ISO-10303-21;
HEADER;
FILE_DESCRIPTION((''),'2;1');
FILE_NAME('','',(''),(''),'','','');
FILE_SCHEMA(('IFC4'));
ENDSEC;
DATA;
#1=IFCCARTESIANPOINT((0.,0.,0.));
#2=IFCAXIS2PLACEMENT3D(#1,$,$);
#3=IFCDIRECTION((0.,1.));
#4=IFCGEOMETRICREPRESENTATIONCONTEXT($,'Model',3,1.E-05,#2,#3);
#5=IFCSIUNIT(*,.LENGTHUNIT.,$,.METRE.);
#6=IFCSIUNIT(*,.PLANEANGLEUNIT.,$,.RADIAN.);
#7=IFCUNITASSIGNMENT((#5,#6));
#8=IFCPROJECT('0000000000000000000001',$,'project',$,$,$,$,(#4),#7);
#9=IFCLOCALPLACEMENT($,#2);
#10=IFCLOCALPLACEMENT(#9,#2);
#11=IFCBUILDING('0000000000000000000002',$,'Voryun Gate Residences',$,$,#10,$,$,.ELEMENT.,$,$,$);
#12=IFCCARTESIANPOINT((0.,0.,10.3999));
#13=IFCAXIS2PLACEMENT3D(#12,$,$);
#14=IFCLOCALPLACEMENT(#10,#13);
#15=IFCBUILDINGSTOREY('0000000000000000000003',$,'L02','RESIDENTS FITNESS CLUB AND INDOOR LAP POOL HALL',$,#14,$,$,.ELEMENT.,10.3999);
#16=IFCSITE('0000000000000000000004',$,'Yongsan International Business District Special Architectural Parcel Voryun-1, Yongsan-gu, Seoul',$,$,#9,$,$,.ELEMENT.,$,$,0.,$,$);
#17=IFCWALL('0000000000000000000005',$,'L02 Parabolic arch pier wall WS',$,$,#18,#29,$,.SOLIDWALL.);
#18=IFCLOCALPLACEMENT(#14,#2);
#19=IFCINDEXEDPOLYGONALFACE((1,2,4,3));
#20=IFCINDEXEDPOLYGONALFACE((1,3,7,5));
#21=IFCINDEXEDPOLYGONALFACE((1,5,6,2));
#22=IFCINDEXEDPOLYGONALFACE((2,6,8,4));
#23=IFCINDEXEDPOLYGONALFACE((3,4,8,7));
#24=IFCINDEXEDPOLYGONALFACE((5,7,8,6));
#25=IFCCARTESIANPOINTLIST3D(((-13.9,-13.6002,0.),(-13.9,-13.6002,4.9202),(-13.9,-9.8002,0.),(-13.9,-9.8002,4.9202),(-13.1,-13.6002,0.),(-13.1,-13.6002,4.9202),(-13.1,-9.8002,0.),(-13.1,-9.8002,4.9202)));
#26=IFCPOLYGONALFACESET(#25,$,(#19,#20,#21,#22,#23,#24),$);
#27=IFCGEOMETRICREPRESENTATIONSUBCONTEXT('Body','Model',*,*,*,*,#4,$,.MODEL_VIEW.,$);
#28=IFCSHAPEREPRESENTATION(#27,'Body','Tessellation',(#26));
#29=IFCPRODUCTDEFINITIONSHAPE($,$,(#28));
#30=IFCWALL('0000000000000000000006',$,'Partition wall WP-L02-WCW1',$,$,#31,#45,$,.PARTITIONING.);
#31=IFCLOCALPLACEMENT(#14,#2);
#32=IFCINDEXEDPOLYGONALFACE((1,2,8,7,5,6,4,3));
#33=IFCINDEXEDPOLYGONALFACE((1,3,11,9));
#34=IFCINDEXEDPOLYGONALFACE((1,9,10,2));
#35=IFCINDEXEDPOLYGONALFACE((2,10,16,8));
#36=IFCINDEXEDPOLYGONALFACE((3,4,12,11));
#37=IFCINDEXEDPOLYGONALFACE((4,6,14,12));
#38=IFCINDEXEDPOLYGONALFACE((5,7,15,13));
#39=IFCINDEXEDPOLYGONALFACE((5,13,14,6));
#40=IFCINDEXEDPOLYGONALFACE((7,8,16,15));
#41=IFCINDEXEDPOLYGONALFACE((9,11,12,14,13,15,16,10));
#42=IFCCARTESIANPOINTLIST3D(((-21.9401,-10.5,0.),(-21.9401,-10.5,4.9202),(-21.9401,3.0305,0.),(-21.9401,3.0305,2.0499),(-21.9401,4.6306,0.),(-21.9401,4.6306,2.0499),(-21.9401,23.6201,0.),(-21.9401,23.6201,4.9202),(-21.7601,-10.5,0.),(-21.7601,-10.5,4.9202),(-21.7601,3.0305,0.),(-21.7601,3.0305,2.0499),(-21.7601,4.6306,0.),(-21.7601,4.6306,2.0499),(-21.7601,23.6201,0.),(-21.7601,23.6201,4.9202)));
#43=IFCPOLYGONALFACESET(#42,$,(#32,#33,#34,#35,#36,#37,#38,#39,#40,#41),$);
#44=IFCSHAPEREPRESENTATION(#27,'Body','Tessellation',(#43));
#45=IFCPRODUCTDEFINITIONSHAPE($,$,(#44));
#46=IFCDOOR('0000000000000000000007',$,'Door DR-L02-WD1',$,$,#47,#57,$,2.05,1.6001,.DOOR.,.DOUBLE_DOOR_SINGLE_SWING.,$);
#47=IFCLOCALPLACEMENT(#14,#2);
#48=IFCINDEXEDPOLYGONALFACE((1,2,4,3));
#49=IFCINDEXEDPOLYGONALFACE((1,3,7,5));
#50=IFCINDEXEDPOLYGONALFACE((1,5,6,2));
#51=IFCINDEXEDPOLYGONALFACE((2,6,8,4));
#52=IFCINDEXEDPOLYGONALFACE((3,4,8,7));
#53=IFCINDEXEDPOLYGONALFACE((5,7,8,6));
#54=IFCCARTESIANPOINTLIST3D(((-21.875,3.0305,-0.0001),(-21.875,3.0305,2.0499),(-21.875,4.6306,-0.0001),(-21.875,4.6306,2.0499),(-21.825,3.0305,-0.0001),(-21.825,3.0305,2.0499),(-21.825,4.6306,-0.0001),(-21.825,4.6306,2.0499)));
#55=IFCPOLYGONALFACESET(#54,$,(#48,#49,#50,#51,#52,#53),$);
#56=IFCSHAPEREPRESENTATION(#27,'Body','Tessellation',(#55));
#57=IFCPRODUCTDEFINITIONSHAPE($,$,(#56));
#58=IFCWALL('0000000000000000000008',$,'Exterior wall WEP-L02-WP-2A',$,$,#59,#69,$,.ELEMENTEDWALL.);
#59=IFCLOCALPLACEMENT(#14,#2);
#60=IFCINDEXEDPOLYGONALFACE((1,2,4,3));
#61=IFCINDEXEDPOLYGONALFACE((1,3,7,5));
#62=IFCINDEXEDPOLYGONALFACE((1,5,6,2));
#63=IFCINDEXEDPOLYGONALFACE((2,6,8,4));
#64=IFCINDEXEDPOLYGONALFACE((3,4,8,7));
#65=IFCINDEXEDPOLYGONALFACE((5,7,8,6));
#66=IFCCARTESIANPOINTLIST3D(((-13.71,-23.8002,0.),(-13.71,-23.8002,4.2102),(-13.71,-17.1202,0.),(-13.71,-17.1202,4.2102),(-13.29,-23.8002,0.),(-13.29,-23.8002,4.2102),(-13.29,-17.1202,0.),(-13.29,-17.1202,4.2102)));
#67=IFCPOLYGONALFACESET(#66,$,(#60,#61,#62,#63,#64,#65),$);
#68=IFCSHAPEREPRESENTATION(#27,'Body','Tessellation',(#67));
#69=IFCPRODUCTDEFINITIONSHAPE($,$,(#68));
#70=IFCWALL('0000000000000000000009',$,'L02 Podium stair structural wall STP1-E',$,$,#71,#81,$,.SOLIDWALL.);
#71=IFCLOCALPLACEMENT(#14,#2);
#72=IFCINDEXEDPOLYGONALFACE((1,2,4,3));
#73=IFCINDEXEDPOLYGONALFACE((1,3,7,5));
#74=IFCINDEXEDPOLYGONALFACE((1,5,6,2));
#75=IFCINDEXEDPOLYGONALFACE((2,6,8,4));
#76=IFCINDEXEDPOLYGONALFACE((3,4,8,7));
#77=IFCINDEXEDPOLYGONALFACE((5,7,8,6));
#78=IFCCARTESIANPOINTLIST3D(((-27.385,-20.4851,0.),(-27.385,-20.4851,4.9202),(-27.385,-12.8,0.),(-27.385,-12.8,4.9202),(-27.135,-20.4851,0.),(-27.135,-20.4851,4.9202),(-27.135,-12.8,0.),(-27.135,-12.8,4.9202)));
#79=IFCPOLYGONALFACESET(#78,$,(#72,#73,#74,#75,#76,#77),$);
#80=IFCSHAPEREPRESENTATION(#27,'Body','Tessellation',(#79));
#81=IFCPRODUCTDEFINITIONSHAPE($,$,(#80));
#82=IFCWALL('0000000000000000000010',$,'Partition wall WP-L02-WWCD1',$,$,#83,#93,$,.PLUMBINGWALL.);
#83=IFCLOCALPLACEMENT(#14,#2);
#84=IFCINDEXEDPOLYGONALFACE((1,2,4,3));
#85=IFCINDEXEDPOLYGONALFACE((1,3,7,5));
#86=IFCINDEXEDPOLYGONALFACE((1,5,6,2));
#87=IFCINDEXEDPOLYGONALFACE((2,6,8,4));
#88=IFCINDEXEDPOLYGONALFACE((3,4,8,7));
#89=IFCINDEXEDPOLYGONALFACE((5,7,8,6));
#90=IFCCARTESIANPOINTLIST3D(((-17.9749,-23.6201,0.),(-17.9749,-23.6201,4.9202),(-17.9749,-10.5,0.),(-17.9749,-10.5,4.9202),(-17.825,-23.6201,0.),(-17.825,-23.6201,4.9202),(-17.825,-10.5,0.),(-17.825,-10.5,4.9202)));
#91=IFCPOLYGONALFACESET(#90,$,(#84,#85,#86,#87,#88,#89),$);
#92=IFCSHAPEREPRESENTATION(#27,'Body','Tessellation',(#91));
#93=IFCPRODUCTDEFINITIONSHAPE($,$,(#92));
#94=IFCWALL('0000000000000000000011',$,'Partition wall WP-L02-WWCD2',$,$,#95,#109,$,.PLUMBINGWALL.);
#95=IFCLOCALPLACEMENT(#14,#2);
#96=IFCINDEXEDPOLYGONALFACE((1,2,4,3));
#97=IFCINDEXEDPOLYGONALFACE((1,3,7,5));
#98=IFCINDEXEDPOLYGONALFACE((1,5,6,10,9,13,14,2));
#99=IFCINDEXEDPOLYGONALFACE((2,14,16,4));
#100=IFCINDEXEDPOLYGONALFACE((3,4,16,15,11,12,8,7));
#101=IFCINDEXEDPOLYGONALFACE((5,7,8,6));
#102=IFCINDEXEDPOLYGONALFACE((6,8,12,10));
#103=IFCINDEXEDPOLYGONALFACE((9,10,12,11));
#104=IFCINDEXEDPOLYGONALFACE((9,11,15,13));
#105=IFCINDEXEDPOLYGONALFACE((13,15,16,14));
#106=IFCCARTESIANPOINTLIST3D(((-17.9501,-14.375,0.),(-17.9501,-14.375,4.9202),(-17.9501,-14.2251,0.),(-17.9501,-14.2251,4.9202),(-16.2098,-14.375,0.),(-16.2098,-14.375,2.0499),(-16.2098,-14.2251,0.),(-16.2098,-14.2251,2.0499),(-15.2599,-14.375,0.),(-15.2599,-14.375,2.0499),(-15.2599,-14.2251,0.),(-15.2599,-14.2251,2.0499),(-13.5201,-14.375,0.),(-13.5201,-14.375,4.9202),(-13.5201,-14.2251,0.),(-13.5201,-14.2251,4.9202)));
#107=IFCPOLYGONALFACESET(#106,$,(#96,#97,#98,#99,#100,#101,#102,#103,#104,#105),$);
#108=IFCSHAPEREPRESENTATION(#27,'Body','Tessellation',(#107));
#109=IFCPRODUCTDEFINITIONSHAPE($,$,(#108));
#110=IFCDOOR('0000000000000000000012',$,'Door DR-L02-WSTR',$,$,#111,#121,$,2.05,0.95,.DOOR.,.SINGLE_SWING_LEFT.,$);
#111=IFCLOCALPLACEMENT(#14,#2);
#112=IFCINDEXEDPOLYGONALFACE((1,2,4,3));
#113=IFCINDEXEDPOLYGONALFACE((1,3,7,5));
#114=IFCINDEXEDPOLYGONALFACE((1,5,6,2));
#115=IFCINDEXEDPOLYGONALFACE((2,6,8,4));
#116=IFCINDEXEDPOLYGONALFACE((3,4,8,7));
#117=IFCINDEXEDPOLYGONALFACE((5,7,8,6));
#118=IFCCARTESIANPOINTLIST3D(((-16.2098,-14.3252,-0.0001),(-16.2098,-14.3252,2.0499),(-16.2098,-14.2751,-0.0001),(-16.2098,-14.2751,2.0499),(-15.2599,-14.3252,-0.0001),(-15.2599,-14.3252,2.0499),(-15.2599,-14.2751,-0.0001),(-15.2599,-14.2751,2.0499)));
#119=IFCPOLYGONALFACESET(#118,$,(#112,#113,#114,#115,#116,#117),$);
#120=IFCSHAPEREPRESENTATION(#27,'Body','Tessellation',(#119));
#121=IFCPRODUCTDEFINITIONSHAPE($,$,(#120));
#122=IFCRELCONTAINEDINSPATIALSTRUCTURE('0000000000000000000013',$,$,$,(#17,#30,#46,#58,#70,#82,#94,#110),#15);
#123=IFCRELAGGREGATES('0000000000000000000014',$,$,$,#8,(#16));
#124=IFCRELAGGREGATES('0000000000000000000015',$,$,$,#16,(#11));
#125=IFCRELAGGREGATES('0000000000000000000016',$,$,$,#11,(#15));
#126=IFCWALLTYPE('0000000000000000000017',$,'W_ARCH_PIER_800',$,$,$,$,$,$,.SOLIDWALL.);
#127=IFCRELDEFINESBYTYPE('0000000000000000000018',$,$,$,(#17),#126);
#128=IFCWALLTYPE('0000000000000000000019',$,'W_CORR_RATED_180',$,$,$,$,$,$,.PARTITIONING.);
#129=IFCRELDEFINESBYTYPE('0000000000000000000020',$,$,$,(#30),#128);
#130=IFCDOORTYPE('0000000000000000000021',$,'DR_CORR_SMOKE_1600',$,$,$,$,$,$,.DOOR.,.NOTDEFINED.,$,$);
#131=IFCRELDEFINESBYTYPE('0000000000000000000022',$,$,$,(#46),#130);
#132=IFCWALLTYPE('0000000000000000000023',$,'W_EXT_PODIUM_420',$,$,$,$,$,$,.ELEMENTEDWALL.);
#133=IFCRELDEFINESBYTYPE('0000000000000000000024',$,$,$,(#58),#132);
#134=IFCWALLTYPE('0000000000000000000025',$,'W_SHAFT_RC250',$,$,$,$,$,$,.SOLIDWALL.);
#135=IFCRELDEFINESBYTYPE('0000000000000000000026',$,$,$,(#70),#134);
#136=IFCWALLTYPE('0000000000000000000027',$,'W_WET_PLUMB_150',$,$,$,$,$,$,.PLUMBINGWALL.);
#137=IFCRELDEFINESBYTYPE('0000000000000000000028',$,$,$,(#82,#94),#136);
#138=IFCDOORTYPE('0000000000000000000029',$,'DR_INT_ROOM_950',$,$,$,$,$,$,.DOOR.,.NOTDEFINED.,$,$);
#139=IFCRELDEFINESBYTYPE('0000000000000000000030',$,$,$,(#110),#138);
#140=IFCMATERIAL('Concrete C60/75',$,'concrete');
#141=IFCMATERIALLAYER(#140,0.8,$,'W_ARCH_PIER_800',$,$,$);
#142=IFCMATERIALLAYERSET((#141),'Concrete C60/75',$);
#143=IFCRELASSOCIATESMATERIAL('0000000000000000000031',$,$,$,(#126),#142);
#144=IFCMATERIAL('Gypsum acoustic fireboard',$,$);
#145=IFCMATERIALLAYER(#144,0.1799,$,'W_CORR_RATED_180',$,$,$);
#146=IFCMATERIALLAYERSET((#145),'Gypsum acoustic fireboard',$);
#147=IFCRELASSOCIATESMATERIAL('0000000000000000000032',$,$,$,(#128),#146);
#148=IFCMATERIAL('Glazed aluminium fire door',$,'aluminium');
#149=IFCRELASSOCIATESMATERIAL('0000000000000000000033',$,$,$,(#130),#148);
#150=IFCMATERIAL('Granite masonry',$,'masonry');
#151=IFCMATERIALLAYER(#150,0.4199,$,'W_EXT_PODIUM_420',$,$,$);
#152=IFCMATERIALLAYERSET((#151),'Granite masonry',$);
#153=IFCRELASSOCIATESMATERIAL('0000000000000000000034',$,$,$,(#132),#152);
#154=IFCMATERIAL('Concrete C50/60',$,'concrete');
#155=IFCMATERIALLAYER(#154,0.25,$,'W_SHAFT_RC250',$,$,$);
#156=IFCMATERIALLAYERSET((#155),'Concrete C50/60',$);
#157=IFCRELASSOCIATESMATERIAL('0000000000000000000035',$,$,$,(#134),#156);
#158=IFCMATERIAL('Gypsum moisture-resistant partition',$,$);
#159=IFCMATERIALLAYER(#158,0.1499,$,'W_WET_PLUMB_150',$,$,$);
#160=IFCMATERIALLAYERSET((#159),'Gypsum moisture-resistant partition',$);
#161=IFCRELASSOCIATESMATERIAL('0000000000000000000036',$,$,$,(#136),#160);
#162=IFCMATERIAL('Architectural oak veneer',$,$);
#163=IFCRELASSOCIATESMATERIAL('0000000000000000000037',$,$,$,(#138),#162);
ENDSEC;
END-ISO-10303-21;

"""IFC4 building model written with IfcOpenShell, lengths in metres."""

from ifc_helpers import new_model, si_unit, direction, frame, frame_2d, origin, place, context, subcontext, project, spatial, rectangle, extrude, material, layer, layer_set, type_object, element, fill, save


model = new_model("IFC4")

# Units and contexts
model_context = context("Model", 3, precision=1e-05, world=origin(), true_north=direction((0.0, 1.0)))
body_context = subcontext(model_context, "Body", "Model", "MODEL_VIEW")
ifc_project = project(units=[si_unit("LENGTHUNIT", "METRE"), si_unit("PLANEANGLEUNIT", "RADIAN")], contexts=[model_context])

# Site, building, storey
site_placement = place(None, origin())
site = spatial("IfcSite", under=ifc_project, at=site_placement, Name="Yongsan International Business District Special Architectural Parcel Voryun-1, Yongsan-gu, Seoul", CompositionType="ELEMENT", RefElevation=0.0)
building_placement = place(site_placement, origin())
building = spatial("IfcBuilding", under=site, at=building_placement, Name="Voryun Gate Residences", CompositionType="ELEMENT")
storey_placement = place(building_placement, frame((0.0, 0.0, 10.3999)))
storey = spatial("IfcBuildingStorey", under=building, at=storey_placement, Name="L02", Description="RESIDENTS FITNESS CLUB AND INDOOR LAP POOL HALL", CompositionType="ELEMENT", Elevation=10.3999)

# Wall
ifc_material_1 = material(Name="Concrete C60/75", Category="concrete")
ifc_layer_1 = layer(ifc_material_1, 0.8, Name="W_ARCH_PIER_800")
ifc_layer_set_1 = layer_set([ifc_layer_1], Name="Concrete C60/75")
wall_type_1 = type_object("IfcWallType", Name="W_ARCH_PIER_800", PredefinedType="SOLIDWALL", material=ifc_layer_set_1)
wall_1_placement = place(storey_placement, frame((-13.5, -13.6001, 0.0), z_axis=(0.0, 0.0, 1.0), x_axis=(0.0, 1.0, 0.0)))
element("IfcWall", 1, at=wall_1_placement, inside=storey, type_object=wall_type_1, Name="L02 Parabolic arch pier wall WS", PredefinedType="SOLIDWALL", context=body_context, shape_type="SweptSolid", body=[
    extrude(rectangle(XDim=3.8, YDim=0.8, at=frame_2d((1.8999, 0.0))), origin(), (0.0, 0.0, 1.0), 4.9202),
])

# Wall, opening, door
ifc_material_2 = material(Name="Gypsum acoustic fireboard")
ifc_layer_2 = layer(ifc_material_2, 0.1799, Name="W_CORR_RATED_180")
ifc_layer_set_2 = layer_set([ifc_layer_2], Name="Gypsum acoustic fireboard")
wall_type_2 = type_object("IfcWallType", Name="W_CORR_RATED_180", PredefinedType="PARTITIONING", material=ifc_layer_set_2)
wall_2_placement = place(storey_placement, frame((-21.8501, -10.5, 0.0), z_axis=(0.0, 0.0, 1.0), x_axis=(0.0, 1.0, 0.0)))
wall_2 = element("IfcWall", 2, at=wall_2_placement, inside=storey, type_object=wall_type_2, Name="Partition wall WP-L02-WCW1", PredefinedType="PARTITIONING", context=body_context, shape_type="SweptSolid", body=[
    extrude(rectangle(XDim=34.1201, YDim=0.1799, at=frame_2d((17.0601, 0.0))), origin(), (0.0, 0.0, 1.0), 4.9202),
])
opening_1_placement = place(wall_2_placement, frame((13.5305, 0.0, 0.0)))
opening_1 = element("IfcOpeningElement", 3, at=opening_1_placement, cuts=wall_2, PredefinedType="OPENING", context=body_context, shape_type="SweptSolid", body=[
    extrude(rectangle(XDim=1.6001, YDim=2.05, at=frame_2d((0.8, 1.0249))), frame((0.0, 0.0999, 0.0), z_axis=(0.0, -1.0, 0.0), x_axis=(1.0, 0.0, 0.0)), (0.0, 0.0, 1.0), 0.2),
])
ifc_material_3 = material(Name="Glazed aluminium fire door", Category="aluminium")
door_type_1 = type_object("IfcDoorType", Name="DR_CORR_SMOKE_1600", OperationType="NOTDEFINED", PredefinedType="DOOR", material=ifc_material_3)
door_1_placement = place(opening_1_placement, origin())
door_1 = element("IfcDoor", 4, at=door_1_placement, inside=storey, type_object=door_type_1, Name="Door DR-L02-WD1", OperationType="DOUBLE_DOOR_SINGLE_SWING", OverallHeight=2.05, OverallWidth=1.6001, PredefinedType="DOOR", context=body_context, shape_type="SweptSolid", body=[
    extrude(rectangle(XDim=1.6001, YDim=2.05, at=frame_2d((0.8, 1.0249))), frame((0.0, 0.0249, 0.0), z_axis=(0.0, -1.0, 0.0), x_axis=(1.0, 0.0, 0.0)), (0.0, 0.0, 1.0), 0.05),
])
fill(opening_1, door_1)

# Walls
ifc_material_4 = material(Name="Granite masonry", Category="masonry")
ifc_layer_3 = layer(ifc_material_4, 0.4199, Name="W_EXT_PODIUM_420")
ifc_layer_set_3 = layer_set([ifc_layer_3], Name="Granite masonry")
wall_type_3 = type_object("IfcWallType", Name="W_EXT_PODIUM_420", PredefinedType="ELEMENTEDWALL", material=ifc_layer_set_3)
wall_3_placement = place(storey_placement, frame((-13.5, -23.8, 0.0), z_axis=(0.0, 0.0, 1.0), x_axis=(0.0, 1.0, 0.0)))
element("IfcWall", 5, at=wall_3_placement, inside=storey, type_object=wall_type_3, Name="Exterior wall WEP-L02-WP-2A", PredefinedType="ELEMENTEDWALL", context=body_context, shape_type="SweptSolid", body=[
    extrude(rectangle(XDim=6.6799, YDim=0.4199, at=frame_2d((3.3398, 0.0))), origin(), (0.0, 0.0, 1.0), 4.2102),
])
ifc_material_5 = material(Name="Concrete C50/60", Category="concrete")
ifc_layer_4 = layer(ifc_material_5, 0.25, Name="W_SHAFT_RC250")
ifc_layer_set_4 = layer_set([ifc_layer_4], Name="Concrete C50/60")
wall_type_4 = type_object("IfcWallType", Name="W_SHAFT_RC250", PredefinedType="SOLIDWALL", material=ifc_layer_set_4)
wall_4_placement = place(storey_placement, frame((-27.26, -20.4851, 0.0), z_axis=(0.0, 0.0, 1.0), x_axis=(0.0, 1.0, 0.0)))
element("IfcWall", 6, at=wall_4_placement, inside=storey, type_object=wall_type_4, Name="L02 Podium stair structural wall STP1-E", PredefinedType="SOLIDWALL", context=body_context, shape_type="SweptSolid", body=[
    extrude(rectangle(XDim=7.6851, YDim=0.25, at=frame_2d((3.8425, 0.0))), origin(), (0.0, 0.0, 1.0), 4.9202),
])
ifc_material_6 = material(Name="Gypsum moisture-resistant partition")
ifc_layer_5 = layer(ifc_material_6, 0.1499, Name="W_WET_PLUMB_150")
ifc_layer_set_5 = layer_set([ifc_layer_5], Name="Gypsum moisture-resistant partition")
wall_type_5 = type_object("IfcWallType", Name="W_WET_PLUMB_150", PredefinedType="PLUMBINGWALL", material=ifc_layer_set_5)
wall_5_placement = place(storey_placement, frame((-17.8999, -23.6201, 0.0), z_axis=(0.0, 0.0, 1.0), x_axis=(0.0, 1.0, 0.0)))
element("IfcWall", 7, at=wall_5_placement, inside=storey, type_object=wall_type_5, Name="Partition wall WP-L02-WWCD1", PredefinedType="PLUMBINGWALL", context=body_context, shape_type="SweptSolid", body=[
    extrude(rectangle(XDim=13.1201, YDim=0.1499, at=frame_2d((6.5601, 0.0))), origin(), (0.0, 0.0, 1.0), 4.9202),
])

# Wall, opening, door
wall_6_placement = place(storey_placement, frame((-17.95, -14.3, 0.0), z_axis=(0.0, 0.0, 1.0), x_axis=(1.0, 0.0, 0.0)))
wall_6 = element("IfcWall", 8, at=wall_6_placement, inside=storey, type_object=wall_type_5, Name="Partition wall WP-L02-WWCD2", PredefinedType="PLUMBINGWALL", context=body_context, shape_type="SweptSolid", body=[
    extrude(rectangle(XDim=4.4299, YDim=0.1499, at=frame_2d((2.2148, 0.0))), origin(), (0.0, 0.0, 1.0), 4.9202),
])
opening_2_placement = place(wall_6_placement, frame((1.74, 0.0, 0.0)))
opening_2 = element("IfcOpeningElement", 9, at=opening_2_placement, cuts=wall_6, PredefinedType="OPENING", context=body_context, shape_type="SweptSolid", body=[
    extrude(rectangle(XDim=0.95, YDim=2.05, at=frame_2d((0.4751, 1.0249))), frame((0.0, 0.085, 0.0), z_axis=(0.0, -1.0, 0.0), x_axis=(1.0, 0.0, 0.0)), (0.0, 0.0, 1.0), 0.1699),
])
ifc_material_7 = material(Name="Architectural oak veneer")
door_type_2 = type_object("IfcDoorType", Name="DR_INT_ROOM_950", OperationType="NOTDEFINED", PredefinedType="DOOR", material=ifc_material_7)
door_2_placement = place(opening_2_placement, origin())
door_2 = element("IfcDoor", 10, at=door_2_placement, inside=storey, type_object=door_type_2, Name="Door DR-L02-WSTR", OperationType="SINGLE_SWING_LEFT", OverallHeight=2.05, OverallWidth=0.95, PredefinedType="DOOR", context=body_context, shape_type="SweptSolid", body=[
    extrude(rectangle(XDim=0.95, YDim=2.05, at=frame_2d((0.4751, 1.0249))), frame((0.0, 0.0249, 0.0), z_axis=(0.0, -1.0, 0.0), x_axis=(1.0, 0.0, 0.0)), (0.0, 0.0, 1.0), 0.05),
])
fill(opening_2, door_2)

save(model, "model.ifc")
